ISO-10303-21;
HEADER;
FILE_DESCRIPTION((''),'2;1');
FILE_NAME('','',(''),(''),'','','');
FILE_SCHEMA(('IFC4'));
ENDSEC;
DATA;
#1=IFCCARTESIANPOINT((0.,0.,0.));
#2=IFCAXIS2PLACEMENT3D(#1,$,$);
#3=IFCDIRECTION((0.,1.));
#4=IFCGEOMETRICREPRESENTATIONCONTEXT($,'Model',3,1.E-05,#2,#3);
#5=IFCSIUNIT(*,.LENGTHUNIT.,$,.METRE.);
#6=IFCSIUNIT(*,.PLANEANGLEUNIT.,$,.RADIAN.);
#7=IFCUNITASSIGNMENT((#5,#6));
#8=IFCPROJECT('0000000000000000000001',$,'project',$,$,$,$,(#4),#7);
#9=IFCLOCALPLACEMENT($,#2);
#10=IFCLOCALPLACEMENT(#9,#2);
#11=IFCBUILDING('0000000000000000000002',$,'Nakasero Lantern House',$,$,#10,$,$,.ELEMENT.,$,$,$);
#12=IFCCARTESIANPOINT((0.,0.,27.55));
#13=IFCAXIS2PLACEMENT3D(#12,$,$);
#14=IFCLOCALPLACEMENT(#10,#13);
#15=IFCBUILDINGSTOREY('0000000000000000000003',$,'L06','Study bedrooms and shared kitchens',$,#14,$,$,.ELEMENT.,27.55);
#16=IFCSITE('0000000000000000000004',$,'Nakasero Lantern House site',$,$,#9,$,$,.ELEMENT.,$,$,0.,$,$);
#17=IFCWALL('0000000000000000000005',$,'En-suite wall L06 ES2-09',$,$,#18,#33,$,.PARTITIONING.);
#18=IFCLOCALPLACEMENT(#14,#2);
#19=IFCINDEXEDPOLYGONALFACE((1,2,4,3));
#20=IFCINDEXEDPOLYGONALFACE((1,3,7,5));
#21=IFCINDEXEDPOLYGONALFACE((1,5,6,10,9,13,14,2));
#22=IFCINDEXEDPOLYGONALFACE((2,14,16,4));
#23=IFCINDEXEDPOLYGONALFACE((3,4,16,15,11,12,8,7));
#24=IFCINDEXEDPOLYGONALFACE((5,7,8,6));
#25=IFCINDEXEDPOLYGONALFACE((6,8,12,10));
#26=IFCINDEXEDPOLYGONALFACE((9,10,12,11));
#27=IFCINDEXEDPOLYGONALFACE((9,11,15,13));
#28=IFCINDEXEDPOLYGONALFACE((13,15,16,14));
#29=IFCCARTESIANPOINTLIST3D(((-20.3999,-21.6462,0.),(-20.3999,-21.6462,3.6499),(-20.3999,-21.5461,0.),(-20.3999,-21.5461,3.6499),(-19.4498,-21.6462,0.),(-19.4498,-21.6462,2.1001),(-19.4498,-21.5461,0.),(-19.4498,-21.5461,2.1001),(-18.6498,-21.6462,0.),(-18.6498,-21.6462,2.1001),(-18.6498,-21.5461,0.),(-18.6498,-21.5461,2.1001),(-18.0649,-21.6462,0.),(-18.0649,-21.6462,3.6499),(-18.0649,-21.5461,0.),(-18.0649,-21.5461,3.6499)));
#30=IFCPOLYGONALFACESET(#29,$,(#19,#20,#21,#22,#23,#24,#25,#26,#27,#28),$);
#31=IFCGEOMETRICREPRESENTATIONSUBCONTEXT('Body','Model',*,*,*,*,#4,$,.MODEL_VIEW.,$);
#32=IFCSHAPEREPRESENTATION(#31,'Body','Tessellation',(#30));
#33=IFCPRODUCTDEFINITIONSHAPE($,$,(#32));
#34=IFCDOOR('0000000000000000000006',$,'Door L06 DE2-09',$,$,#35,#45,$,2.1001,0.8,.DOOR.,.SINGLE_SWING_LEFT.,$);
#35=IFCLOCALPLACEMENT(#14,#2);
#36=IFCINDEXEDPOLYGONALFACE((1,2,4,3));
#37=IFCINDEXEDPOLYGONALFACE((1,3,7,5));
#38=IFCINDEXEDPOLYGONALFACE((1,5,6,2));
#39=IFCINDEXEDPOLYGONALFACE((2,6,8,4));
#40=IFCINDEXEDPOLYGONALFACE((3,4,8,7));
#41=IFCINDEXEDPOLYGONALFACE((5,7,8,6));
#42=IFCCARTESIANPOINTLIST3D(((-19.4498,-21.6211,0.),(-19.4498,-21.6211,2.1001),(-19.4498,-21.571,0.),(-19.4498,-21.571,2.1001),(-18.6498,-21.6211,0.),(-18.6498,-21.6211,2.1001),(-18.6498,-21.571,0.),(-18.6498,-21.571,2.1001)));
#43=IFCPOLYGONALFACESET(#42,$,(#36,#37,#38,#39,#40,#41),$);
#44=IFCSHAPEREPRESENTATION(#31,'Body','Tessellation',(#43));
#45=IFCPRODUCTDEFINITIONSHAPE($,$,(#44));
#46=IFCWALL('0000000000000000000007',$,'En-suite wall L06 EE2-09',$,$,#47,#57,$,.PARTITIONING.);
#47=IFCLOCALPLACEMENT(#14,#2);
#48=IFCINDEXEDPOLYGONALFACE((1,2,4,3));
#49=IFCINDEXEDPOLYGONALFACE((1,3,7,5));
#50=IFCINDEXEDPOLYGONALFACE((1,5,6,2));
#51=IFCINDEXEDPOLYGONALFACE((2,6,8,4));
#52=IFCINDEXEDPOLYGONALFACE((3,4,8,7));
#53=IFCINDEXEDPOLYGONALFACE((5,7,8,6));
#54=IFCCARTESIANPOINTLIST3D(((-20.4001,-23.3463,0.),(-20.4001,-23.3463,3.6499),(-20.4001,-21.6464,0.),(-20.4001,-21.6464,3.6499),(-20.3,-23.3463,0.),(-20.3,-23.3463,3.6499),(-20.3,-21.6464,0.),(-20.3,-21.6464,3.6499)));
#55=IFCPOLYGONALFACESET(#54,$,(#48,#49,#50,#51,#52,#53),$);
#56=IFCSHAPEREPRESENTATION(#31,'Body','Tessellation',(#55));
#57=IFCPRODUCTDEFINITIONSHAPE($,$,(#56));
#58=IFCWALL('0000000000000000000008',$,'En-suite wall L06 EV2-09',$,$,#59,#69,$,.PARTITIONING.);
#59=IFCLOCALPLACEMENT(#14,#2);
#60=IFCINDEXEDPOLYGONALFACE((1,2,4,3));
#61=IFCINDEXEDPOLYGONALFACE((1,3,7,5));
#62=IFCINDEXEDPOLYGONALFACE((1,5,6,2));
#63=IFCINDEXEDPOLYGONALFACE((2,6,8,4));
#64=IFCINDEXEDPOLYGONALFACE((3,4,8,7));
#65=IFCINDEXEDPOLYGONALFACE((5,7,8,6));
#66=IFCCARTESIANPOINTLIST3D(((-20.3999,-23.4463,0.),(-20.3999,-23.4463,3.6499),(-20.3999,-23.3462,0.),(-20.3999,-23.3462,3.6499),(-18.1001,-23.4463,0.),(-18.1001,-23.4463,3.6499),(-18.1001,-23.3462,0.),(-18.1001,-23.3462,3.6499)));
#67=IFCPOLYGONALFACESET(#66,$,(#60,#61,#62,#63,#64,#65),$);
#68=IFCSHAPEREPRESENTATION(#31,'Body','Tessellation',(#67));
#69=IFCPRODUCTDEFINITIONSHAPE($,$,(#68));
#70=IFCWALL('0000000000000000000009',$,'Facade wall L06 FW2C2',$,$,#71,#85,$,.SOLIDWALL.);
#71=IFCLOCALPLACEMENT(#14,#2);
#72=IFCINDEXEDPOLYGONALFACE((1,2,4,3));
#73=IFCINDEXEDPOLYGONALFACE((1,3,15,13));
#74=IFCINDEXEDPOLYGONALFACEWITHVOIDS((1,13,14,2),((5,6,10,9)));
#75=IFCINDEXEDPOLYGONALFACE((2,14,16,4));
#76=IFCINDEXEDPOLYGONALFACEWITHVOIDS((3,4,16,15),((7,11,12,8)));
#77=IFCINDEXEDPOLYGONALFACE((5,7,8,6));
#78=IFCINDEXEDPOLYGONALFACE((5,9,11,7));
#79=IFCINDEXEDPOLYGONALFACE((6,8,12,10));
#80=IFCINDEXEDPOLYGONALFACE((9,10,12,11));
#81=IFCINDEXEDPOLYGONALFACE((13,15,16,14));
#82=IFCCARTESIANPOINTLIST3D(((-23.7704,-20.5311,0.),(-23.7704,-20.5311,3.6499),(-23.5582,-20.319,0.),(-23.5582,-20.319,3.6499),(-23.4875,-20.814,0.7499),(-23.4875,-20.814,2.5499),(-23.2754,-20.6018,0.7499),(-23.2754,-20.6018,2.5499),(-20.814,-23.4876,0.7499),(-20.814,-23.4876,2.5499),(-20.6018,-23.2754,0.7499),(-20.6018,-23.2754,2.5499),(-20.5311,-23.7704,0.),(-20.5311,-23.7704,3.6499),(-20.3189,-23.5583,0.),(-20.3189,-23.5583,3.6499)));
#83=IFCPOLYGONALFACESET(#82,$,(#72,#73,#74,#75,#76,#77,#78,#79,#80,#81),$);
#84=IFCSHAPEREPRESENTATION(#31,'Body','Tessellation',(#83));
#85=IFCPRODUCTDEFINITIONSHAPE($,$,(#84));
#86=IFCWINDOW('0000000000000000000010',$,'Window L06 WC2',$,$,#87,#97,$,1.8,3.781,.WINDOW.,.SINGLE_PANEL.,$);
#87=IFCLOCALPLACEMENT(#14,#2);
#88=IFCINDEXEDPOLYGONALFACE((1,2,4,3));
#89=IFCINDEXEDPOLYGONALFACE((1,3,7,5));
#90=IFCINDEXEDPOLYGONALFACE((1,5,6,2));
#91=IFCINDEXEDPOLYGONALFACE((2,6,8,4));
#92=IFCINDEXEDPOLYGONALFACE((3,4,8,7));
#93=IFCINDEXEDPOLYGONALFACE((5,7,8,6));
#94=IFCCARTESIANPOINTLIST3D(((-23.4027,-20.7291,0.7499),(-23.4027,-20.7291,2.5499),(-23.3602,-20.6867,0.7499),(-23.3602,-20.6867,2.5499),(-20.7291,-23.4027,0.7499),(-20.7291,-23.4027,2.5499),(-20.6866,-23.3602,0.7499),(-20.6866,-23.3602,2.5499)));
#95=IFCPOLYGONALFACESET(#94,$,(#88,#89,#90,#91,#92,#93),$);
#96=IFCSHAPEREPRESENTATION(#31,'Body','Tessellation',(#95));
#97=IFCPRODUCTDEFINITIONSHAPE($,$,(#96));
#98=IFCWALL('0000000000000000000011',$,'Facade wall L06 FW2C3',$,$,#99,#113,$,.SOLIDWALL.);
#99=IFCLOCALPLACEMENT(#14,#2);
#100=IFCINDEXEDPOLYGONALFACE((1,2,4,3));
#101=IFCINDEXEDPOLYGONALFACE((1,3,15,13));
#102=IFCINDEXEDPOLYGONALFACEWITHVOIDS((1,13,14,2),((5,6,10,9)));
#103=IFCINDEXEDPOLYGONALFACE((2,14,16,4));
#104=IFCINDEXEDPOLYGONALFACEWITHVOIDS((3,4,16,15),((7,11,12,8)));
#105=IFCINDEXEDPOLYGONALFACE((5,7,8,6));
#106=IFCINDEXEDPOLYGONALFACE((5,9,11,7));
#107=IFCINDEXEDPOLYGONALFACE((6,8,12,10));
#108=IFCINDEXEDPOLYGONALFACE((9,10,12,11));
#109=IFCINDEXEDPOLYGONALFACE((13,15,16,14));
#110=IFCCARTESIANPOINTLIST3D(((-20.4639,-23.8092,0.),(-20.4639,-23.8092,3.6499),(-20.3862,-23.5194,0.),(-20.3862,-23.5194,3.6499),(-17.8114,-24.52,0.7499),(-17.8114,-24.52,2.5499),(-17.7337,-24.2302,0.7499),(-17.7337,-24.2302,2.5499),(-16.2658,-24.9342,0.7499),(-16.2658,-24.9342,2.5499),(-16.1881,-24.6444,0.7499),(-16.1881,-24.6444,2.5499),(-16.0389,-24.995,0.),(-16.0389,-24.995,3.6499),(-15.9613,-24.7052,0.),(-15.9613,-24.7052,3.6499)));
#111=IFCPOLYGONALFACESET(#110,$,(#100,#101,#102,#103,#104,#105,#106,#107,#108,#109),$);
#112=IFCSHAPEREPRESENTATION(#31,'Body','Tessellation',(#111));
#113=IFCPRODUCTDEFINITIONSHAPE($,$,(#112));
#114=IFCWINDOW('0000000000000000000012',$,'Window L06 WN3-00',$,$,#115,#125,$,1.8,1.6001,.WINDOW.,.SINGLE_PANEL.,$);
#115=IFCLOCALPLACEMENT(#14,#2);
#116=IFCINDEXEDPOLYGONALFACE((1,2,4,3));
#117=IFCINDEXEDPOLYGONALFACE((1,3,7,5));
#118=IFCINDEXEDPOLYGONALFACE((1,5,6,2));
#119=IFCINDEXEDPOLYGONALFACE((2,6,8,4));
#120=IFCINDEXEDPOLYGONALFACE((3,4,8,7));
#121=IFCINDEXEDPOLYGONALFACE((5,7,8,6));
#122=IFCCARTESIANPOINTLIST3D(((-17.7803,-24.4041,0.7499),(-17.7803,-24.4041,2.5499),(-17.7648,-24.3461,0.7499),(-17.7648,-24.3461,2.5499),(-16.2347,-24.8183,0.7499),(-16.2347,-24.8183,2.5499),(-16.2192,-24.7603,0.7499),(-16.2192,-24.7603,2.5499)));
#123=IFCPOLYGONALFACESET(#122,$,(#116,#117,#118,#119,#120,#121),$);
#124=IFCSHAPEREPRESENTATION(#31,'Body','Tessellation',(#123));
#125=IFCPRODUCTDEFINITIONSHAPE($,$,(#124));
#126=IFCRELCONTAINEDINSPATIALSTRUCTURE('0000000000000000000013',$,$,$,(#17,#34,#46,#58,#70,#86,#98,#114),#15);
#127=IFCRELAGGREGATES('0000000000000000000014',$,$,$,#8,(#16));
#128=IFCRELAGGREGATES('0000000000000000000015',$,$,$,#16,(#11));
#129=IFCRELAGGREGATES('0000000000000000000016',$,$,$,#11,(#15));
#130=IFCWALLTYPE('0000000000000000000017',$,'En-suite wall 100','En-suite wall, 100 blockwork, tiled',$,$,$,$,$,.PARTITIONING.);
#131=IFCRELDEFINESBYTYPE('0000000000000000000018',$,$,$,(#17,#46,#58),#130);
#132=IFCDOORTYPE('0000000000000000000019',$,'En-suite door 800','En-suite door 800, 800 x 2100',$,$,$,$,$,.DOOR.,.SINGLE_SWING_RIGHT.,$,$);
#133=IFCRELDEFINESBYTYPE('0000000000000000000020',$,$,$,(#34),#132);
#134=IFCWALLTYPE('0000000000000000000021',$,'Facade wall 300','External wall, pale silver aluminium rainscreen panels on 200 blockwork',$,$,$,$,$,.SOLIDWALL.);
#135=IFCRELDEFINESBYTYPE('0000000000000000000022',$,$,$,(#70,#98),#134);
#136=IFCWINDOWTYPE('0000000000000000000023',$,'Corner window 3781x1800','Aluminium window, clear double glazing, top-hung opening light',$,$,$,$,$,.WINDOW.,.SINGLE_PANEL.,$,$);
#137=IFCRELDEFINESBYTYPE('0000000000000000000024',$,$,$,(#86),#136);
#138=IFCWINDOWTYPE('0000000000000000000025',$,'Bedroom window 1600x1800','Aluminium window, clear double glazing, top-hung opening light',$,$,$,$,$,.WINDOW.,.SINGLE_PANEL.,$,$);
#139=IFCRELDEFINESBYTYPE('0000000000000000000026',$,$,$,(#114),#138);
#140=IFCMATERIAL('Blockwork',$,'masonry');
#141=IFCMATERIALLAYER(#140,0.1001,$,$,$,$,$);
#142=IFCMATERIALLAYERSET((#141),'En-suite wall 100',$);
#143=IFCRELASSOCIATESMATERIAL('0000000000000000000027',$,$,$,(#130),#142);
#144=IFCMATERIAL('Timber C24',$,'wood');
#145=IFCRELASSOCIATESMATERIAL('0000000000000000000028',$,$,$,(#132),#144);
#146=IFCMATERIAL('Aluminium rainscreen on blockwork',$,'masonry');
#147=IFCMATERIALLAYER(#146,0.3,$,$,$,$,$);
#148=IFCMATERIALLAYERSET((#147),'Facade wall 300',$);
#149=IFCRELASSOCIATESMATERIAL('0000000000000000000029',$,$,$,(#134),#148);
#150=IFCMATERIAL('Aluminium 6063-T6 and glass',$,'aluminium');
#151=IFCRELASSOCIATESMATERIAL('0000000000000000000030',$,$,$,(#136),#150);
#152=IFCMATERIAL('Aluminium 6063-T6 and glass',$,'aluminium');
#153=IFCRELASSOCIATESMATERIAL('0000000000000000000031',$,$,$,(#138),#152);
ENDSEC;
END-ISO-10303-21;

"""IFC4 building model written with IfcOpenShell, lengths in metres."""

from ifc_helpers import new_model, si_unit, direction, frame, frame_2d, origin, place, context, subcontext, project, spatial, rectangle, extrude, material, layer, layer_set, type_object, element, fill, save


model = new_model("IFC4")

# Units and contexts
model_context = context("Model", 3, precision=1e-05, world=origin(), true_north=direction((0.0, 1.0)))
body_context = subcontext(model_context, "Body", "Model", "MODEL_VIEW")
ifc_project = project(units=[si_unit("LENGTHUNIT", "METRE"), si_unit("PLANEANGLEUNIT", "RADIAN")], contexts=[model_context])

# Site, building, storey
site_placement = place(None, origin())
site = spatial("IfcSite", under=ifc_project, at=site_placement, Name="Nakasero Lantern House site", CompositionType="ELEMENT", RefElevation=0.0)
building_placement = place(site_placement, origin())
building = spatial("IfcBuilding", under=site, at=building_placement, Name="Nakasero Lantern House", CompositionType="ELEMENT")
storey_placement = place(building_placement, frame((0.0, 0.0, 27.55)))
storey = spatial("IfcBuildingStorey", under=building, at=storey_placement, Name="L06", Description="Study bedrooms and shared kitchens", CompositionType="ELEMENT", Elevation=27.55)

# Wall, opening, door
ifc_material_1 = material(Name="Blockwork", Category="masonry")
ifc_layer_1 = layer(ifc_material_1, 0.1001)
ifc_layer_set_1 = layer_set([ifc_layer_1], Name="En-suite wall 100")
wall_type_1 = type_object("IfcWallType", Name="En-suite wall 100", Description="En-suite wall, 100 blockwork, tiled", PredefinedType="PARTITIONING", material=ifc_layer_set_1)
wall_1_placement = place(storey_placement, frame((-18.0649, -21.5962, 0.0), z_axis=(0.0, 0.0, 1.0), x_axis=(-1.0, 0.0, 0.0)))
wall_1 = element("IfcWall", 1, at=wall_1_placement, inside=storey, type_object=wall_type_1, Name="En-suite wall L06 ES2-09", PredefinedType="PARTITIONING", context=body_context, shape_type="SweptSolid", body=[
    extrude(rectangle(XDim=2.335, YDim=0.1001, at=frame_2d((1.1675, 0.0))), origin(), (0.0, 0.0, 1.0), 3.6499),
])
opening_1_placement = place(wall_1_placement, frame((0.585, 0.0, 0.0)))
opening_1 = element("IfcOpeningElement", 2, at=opening_1_placement, cuts=wall_1, PredefinedType="OPENING", context=body_context, shape_type="SweptSolid", body=[
    extrude(rectangle(XDim=0.8, YDim=2.1001, at=frame_2d((0.3999, 1.05))), frame((0.0, 0.0701, 0.0), z_axis=(0.0, -1.0, 0.0), x_axis=(1.0, 0.0, 0.0)), (0.0, 0.0, 1.0), 0.1401),
])
ifc_material_2 = material(Name="Timber C24", Category="wood")
door_type_1 = type_object("IfcDoorType", Name="En-suite door 800", Description="En-suite door 800, 800 x 2100", OperationType="SINGLE_SWING_RIGHT", PredefinedType="DOOR", material=ifc_material_2)
door_1_placement = place(opening_1_placement, origin())
door_1 = element("IfcDoor", 3, at=door_1_placement, inside=storey, type_object=door_type_1, Name="Door L06 DE2-09", OperationType="SINGLE_SWING_LEFT", OverallHeight=2.1001, OverallWidth=0.8, PredefinedType="DOOR", context=body_context, shape_type="SweptSolid", body=[
    extrude(rectangle(XDim=0.8, YDim=2.1001, at=frame_2d((0.3999, 1.05))), frame((0.0, 0.0249, 0.0), z_axis=(0.0, -1.0, 0.0), x_axis=(1.0, 0.0, 0.0)), (0.0, 0.0, 1.0), 0.05),
])
fill(opening_1, door_1)

# Walls
wall_2_placement = place(storey_placement, frame((-20.3501, -21.6462, 0.0), z_axis=(0.0, 0.0, 1.0), x_axis=(0.0, -1.0, 0.0)))
element("IfcWall", 4, at=wall_2_placement, inside=storey, type_object=wall_type_1, Name="En-suite wall L06 EE2-09", PredefinedType="PARTITIONING", context=body_context, shape_type="SweptSolid", body=[
    extrude(rectangle(XDim=1.7, YDim=0.1001, at=frame_2d((0.8501, 0.0))), origin(), (0.0, 0.0, 1.0), 3.6499),
])
wall_3_placement = place(storey_placement, frame((-18.1001, -23.3962, 0.0), z_axis=(0.0, 0.0, 1.0), x_axis=(-1.0, 0.0, 0.0)))
element("IfcWall", 5, at=wall_3_placement, inside=storey, type_object=wall_type_1, Name="En-suite wall L06 EV2-09", PredefinedType="PARTITIONING", context=body_context, shape_type="SweptSolid", body=[
    extrude(rectangle(XDim=2.2998, YDim=0.1001, at=frame_2d((1.1499, 0.0))), origin(), (0.0, 0.0, 1.0), 3.6499),
])

# Walls, openings, windows
ifc_material_3 = material(Name="Aluminium rainscreen on blockwork", Category="masonry")
ifc_layer_2 = layer(ifc_material_3, 0.3)
ifc_layer_set_2 = layer_set([ifc_layer_2], Name="Facade wall 300")
wall_type_2 = type_object("IfcWallType", Name="Facade wall 300", Description="External wall, pale silver aluminium rainscreen panels on 200 blockwork", PredefinedType="SOLIDWALL", material=ifc_layer_set_2)
wall_4_placement = place(storey_placement, frame((-23.6643, -20.425, 0.0), z_axis=(0.0, 0.0, 1.0), x_axis=(0.707107, -0.707107, 0.0)))
wall_4 = element("IfcWall", 6, at=wall_4_placement, inside=storey, type_object=wall_type_2, Name="Facade wall L06 FW2C2", PredefinedType="SOLIDWALL", context=body_context, shape_type="SweptSolid", body=[
    extrude(rectangle(XDim=4.5811, YDim=0.3, at=frame_2d((2.2905, 0.0))), origin(), (0.0, 0.0, 1.0), 3.6499),
])
opening_2_placement = place(wall_4_placement, frame((0.3999, 0.0, 0.75)))
opening_2 = element("IfcOpeningElement", 7, at=opening_2_placement, cuts=wall_4, PredefinedType="OPENING", context=body_context, shape_type="SweptSolid", body=[
    extrude(rectangle(XDim=3.781, YDim=1.8, at=frame_2d((1.8906, 0.8999))), frame((0.0, 0.1699, 0.0), z_axis=(0.0, -1.0, 0.0), x_axis=(1.0, 0.0, 0.0)), (0.0, 0.0, 1.0), 0.3401),
])
ifc_material_4 = material(Name="Aluminium 6063-T6 and glass", Category="aluminium")
window_type_1 = type_object("IfcWindowType", Name="Corner window 3781x1800", Description="Aluminium window, clear double glazing, top-hung opening light", PartitioningType="SINGLE_PANEL", PredefinedType="WINDOW", material=ifc_material_4)
window_1_placement = place(opening_2_placement, origin())
window_1 = element("IfcWindow", 8, at=window_1_placement, inside=storey, type_object=window_type_1, Name="Window L06 WC2", OverallHeight=1.8, OverallWidth=3.781, PartitioningType="SINGLE_PANEL", PredefinedType="WINDOW", context=body_context, shape_type="SweptSolid", body=[
    extrude(rectangle(XDim=3.781, YDim=1.8, at=frame_2d((1.8906, 0.8999))), frame((0.0, 0.03, 0.0), z_axis=(0.0, -1.0, 0.0), x_axis=(1.0, 0.0, 0.0)), (0.0, 0.0, 1.0), 0.0601),
])
fill(opening_2, window_1)
wall_5_placement = place(storey_placement, frame((-20.425, -23.6643, 0.0), z_axis=(0.0, 0.0, 1.0), x_axis=(0.96592, -0.25884, 0.0)))
wall_5 = element("IfcWall", 9, at=wall_5_placement, inside=storey, type_object=wall_type_2, Name="Facade wall L06 FW2C3", PredefinedType="SOLIDWALL", context=body_context, shape_type="SweptSolid", body=[
    extrude(rectangle(XDim=4.5811, YDim=0.3, at=frame_2d((2.2905, 0.0))), origin(), (0.0, 0.0, 1.0), 3.6499),
])
opening_3_placement = place(wall_5_placement, frame((2.7461, 0.0, 0.75)))
opening_3 = element("IfcOpeningElement", 10, at=opening_3_placement, cuts=wall_5, PredefinedType="OPENING", context=body_context, shape_type="SweptSolid", body=[
    extrude(rectangle(XDim=1.6001, YDim=1.8, at=frame_2d((0.8, 0.8999))), frame((0.0, 0.1699, 0.0), z_axis=(0.0, -1.0, 0.0), x_axis=(1.0, 0.0, 0.0)), (0.0, 0.0, 1.0), 0.3401),
])
ifc_material_5 = material(Name="Aluminium 6063-T6 and glass", Category="aluminium")
window_type_2 = type_object("IfcWindowType", Name="Bedroom window 1600x1800", Description="Aluminium window, clear double glazing, top-hung opening light", PartitioningType="SINGLE_PANEL", PredefinedType="WINDOW", material=ifc_material_5)
window_2_placement = place(opening_3_placement, origin())
window_2 = element("IfcWindow", 11, at=window_2_placement, inside=storey, type_object=window_type_2, Name="Window L06 WN3-00", OverallHeight=1.8, OverallWidth=1.6001, PartitioningType="SINGLE_PANEL", PredefinedType="WINDOW", context=body_context, shape_type="SweptSolid", body=[
    extrude(rectangle(XDim=1.6001, YDim=1.8, at=frame_2d((0.8, 0.8999))), frame((0.0, 0.03, 0.0), z_axis=(0.0, -1.0, 0.0), x_axis=(1.0, 0.0, 0.0)), (0.0, 0.0, 1.0), 0.0601),
])
fill(opening_3, window_2)

save(model, "model.ifc")
